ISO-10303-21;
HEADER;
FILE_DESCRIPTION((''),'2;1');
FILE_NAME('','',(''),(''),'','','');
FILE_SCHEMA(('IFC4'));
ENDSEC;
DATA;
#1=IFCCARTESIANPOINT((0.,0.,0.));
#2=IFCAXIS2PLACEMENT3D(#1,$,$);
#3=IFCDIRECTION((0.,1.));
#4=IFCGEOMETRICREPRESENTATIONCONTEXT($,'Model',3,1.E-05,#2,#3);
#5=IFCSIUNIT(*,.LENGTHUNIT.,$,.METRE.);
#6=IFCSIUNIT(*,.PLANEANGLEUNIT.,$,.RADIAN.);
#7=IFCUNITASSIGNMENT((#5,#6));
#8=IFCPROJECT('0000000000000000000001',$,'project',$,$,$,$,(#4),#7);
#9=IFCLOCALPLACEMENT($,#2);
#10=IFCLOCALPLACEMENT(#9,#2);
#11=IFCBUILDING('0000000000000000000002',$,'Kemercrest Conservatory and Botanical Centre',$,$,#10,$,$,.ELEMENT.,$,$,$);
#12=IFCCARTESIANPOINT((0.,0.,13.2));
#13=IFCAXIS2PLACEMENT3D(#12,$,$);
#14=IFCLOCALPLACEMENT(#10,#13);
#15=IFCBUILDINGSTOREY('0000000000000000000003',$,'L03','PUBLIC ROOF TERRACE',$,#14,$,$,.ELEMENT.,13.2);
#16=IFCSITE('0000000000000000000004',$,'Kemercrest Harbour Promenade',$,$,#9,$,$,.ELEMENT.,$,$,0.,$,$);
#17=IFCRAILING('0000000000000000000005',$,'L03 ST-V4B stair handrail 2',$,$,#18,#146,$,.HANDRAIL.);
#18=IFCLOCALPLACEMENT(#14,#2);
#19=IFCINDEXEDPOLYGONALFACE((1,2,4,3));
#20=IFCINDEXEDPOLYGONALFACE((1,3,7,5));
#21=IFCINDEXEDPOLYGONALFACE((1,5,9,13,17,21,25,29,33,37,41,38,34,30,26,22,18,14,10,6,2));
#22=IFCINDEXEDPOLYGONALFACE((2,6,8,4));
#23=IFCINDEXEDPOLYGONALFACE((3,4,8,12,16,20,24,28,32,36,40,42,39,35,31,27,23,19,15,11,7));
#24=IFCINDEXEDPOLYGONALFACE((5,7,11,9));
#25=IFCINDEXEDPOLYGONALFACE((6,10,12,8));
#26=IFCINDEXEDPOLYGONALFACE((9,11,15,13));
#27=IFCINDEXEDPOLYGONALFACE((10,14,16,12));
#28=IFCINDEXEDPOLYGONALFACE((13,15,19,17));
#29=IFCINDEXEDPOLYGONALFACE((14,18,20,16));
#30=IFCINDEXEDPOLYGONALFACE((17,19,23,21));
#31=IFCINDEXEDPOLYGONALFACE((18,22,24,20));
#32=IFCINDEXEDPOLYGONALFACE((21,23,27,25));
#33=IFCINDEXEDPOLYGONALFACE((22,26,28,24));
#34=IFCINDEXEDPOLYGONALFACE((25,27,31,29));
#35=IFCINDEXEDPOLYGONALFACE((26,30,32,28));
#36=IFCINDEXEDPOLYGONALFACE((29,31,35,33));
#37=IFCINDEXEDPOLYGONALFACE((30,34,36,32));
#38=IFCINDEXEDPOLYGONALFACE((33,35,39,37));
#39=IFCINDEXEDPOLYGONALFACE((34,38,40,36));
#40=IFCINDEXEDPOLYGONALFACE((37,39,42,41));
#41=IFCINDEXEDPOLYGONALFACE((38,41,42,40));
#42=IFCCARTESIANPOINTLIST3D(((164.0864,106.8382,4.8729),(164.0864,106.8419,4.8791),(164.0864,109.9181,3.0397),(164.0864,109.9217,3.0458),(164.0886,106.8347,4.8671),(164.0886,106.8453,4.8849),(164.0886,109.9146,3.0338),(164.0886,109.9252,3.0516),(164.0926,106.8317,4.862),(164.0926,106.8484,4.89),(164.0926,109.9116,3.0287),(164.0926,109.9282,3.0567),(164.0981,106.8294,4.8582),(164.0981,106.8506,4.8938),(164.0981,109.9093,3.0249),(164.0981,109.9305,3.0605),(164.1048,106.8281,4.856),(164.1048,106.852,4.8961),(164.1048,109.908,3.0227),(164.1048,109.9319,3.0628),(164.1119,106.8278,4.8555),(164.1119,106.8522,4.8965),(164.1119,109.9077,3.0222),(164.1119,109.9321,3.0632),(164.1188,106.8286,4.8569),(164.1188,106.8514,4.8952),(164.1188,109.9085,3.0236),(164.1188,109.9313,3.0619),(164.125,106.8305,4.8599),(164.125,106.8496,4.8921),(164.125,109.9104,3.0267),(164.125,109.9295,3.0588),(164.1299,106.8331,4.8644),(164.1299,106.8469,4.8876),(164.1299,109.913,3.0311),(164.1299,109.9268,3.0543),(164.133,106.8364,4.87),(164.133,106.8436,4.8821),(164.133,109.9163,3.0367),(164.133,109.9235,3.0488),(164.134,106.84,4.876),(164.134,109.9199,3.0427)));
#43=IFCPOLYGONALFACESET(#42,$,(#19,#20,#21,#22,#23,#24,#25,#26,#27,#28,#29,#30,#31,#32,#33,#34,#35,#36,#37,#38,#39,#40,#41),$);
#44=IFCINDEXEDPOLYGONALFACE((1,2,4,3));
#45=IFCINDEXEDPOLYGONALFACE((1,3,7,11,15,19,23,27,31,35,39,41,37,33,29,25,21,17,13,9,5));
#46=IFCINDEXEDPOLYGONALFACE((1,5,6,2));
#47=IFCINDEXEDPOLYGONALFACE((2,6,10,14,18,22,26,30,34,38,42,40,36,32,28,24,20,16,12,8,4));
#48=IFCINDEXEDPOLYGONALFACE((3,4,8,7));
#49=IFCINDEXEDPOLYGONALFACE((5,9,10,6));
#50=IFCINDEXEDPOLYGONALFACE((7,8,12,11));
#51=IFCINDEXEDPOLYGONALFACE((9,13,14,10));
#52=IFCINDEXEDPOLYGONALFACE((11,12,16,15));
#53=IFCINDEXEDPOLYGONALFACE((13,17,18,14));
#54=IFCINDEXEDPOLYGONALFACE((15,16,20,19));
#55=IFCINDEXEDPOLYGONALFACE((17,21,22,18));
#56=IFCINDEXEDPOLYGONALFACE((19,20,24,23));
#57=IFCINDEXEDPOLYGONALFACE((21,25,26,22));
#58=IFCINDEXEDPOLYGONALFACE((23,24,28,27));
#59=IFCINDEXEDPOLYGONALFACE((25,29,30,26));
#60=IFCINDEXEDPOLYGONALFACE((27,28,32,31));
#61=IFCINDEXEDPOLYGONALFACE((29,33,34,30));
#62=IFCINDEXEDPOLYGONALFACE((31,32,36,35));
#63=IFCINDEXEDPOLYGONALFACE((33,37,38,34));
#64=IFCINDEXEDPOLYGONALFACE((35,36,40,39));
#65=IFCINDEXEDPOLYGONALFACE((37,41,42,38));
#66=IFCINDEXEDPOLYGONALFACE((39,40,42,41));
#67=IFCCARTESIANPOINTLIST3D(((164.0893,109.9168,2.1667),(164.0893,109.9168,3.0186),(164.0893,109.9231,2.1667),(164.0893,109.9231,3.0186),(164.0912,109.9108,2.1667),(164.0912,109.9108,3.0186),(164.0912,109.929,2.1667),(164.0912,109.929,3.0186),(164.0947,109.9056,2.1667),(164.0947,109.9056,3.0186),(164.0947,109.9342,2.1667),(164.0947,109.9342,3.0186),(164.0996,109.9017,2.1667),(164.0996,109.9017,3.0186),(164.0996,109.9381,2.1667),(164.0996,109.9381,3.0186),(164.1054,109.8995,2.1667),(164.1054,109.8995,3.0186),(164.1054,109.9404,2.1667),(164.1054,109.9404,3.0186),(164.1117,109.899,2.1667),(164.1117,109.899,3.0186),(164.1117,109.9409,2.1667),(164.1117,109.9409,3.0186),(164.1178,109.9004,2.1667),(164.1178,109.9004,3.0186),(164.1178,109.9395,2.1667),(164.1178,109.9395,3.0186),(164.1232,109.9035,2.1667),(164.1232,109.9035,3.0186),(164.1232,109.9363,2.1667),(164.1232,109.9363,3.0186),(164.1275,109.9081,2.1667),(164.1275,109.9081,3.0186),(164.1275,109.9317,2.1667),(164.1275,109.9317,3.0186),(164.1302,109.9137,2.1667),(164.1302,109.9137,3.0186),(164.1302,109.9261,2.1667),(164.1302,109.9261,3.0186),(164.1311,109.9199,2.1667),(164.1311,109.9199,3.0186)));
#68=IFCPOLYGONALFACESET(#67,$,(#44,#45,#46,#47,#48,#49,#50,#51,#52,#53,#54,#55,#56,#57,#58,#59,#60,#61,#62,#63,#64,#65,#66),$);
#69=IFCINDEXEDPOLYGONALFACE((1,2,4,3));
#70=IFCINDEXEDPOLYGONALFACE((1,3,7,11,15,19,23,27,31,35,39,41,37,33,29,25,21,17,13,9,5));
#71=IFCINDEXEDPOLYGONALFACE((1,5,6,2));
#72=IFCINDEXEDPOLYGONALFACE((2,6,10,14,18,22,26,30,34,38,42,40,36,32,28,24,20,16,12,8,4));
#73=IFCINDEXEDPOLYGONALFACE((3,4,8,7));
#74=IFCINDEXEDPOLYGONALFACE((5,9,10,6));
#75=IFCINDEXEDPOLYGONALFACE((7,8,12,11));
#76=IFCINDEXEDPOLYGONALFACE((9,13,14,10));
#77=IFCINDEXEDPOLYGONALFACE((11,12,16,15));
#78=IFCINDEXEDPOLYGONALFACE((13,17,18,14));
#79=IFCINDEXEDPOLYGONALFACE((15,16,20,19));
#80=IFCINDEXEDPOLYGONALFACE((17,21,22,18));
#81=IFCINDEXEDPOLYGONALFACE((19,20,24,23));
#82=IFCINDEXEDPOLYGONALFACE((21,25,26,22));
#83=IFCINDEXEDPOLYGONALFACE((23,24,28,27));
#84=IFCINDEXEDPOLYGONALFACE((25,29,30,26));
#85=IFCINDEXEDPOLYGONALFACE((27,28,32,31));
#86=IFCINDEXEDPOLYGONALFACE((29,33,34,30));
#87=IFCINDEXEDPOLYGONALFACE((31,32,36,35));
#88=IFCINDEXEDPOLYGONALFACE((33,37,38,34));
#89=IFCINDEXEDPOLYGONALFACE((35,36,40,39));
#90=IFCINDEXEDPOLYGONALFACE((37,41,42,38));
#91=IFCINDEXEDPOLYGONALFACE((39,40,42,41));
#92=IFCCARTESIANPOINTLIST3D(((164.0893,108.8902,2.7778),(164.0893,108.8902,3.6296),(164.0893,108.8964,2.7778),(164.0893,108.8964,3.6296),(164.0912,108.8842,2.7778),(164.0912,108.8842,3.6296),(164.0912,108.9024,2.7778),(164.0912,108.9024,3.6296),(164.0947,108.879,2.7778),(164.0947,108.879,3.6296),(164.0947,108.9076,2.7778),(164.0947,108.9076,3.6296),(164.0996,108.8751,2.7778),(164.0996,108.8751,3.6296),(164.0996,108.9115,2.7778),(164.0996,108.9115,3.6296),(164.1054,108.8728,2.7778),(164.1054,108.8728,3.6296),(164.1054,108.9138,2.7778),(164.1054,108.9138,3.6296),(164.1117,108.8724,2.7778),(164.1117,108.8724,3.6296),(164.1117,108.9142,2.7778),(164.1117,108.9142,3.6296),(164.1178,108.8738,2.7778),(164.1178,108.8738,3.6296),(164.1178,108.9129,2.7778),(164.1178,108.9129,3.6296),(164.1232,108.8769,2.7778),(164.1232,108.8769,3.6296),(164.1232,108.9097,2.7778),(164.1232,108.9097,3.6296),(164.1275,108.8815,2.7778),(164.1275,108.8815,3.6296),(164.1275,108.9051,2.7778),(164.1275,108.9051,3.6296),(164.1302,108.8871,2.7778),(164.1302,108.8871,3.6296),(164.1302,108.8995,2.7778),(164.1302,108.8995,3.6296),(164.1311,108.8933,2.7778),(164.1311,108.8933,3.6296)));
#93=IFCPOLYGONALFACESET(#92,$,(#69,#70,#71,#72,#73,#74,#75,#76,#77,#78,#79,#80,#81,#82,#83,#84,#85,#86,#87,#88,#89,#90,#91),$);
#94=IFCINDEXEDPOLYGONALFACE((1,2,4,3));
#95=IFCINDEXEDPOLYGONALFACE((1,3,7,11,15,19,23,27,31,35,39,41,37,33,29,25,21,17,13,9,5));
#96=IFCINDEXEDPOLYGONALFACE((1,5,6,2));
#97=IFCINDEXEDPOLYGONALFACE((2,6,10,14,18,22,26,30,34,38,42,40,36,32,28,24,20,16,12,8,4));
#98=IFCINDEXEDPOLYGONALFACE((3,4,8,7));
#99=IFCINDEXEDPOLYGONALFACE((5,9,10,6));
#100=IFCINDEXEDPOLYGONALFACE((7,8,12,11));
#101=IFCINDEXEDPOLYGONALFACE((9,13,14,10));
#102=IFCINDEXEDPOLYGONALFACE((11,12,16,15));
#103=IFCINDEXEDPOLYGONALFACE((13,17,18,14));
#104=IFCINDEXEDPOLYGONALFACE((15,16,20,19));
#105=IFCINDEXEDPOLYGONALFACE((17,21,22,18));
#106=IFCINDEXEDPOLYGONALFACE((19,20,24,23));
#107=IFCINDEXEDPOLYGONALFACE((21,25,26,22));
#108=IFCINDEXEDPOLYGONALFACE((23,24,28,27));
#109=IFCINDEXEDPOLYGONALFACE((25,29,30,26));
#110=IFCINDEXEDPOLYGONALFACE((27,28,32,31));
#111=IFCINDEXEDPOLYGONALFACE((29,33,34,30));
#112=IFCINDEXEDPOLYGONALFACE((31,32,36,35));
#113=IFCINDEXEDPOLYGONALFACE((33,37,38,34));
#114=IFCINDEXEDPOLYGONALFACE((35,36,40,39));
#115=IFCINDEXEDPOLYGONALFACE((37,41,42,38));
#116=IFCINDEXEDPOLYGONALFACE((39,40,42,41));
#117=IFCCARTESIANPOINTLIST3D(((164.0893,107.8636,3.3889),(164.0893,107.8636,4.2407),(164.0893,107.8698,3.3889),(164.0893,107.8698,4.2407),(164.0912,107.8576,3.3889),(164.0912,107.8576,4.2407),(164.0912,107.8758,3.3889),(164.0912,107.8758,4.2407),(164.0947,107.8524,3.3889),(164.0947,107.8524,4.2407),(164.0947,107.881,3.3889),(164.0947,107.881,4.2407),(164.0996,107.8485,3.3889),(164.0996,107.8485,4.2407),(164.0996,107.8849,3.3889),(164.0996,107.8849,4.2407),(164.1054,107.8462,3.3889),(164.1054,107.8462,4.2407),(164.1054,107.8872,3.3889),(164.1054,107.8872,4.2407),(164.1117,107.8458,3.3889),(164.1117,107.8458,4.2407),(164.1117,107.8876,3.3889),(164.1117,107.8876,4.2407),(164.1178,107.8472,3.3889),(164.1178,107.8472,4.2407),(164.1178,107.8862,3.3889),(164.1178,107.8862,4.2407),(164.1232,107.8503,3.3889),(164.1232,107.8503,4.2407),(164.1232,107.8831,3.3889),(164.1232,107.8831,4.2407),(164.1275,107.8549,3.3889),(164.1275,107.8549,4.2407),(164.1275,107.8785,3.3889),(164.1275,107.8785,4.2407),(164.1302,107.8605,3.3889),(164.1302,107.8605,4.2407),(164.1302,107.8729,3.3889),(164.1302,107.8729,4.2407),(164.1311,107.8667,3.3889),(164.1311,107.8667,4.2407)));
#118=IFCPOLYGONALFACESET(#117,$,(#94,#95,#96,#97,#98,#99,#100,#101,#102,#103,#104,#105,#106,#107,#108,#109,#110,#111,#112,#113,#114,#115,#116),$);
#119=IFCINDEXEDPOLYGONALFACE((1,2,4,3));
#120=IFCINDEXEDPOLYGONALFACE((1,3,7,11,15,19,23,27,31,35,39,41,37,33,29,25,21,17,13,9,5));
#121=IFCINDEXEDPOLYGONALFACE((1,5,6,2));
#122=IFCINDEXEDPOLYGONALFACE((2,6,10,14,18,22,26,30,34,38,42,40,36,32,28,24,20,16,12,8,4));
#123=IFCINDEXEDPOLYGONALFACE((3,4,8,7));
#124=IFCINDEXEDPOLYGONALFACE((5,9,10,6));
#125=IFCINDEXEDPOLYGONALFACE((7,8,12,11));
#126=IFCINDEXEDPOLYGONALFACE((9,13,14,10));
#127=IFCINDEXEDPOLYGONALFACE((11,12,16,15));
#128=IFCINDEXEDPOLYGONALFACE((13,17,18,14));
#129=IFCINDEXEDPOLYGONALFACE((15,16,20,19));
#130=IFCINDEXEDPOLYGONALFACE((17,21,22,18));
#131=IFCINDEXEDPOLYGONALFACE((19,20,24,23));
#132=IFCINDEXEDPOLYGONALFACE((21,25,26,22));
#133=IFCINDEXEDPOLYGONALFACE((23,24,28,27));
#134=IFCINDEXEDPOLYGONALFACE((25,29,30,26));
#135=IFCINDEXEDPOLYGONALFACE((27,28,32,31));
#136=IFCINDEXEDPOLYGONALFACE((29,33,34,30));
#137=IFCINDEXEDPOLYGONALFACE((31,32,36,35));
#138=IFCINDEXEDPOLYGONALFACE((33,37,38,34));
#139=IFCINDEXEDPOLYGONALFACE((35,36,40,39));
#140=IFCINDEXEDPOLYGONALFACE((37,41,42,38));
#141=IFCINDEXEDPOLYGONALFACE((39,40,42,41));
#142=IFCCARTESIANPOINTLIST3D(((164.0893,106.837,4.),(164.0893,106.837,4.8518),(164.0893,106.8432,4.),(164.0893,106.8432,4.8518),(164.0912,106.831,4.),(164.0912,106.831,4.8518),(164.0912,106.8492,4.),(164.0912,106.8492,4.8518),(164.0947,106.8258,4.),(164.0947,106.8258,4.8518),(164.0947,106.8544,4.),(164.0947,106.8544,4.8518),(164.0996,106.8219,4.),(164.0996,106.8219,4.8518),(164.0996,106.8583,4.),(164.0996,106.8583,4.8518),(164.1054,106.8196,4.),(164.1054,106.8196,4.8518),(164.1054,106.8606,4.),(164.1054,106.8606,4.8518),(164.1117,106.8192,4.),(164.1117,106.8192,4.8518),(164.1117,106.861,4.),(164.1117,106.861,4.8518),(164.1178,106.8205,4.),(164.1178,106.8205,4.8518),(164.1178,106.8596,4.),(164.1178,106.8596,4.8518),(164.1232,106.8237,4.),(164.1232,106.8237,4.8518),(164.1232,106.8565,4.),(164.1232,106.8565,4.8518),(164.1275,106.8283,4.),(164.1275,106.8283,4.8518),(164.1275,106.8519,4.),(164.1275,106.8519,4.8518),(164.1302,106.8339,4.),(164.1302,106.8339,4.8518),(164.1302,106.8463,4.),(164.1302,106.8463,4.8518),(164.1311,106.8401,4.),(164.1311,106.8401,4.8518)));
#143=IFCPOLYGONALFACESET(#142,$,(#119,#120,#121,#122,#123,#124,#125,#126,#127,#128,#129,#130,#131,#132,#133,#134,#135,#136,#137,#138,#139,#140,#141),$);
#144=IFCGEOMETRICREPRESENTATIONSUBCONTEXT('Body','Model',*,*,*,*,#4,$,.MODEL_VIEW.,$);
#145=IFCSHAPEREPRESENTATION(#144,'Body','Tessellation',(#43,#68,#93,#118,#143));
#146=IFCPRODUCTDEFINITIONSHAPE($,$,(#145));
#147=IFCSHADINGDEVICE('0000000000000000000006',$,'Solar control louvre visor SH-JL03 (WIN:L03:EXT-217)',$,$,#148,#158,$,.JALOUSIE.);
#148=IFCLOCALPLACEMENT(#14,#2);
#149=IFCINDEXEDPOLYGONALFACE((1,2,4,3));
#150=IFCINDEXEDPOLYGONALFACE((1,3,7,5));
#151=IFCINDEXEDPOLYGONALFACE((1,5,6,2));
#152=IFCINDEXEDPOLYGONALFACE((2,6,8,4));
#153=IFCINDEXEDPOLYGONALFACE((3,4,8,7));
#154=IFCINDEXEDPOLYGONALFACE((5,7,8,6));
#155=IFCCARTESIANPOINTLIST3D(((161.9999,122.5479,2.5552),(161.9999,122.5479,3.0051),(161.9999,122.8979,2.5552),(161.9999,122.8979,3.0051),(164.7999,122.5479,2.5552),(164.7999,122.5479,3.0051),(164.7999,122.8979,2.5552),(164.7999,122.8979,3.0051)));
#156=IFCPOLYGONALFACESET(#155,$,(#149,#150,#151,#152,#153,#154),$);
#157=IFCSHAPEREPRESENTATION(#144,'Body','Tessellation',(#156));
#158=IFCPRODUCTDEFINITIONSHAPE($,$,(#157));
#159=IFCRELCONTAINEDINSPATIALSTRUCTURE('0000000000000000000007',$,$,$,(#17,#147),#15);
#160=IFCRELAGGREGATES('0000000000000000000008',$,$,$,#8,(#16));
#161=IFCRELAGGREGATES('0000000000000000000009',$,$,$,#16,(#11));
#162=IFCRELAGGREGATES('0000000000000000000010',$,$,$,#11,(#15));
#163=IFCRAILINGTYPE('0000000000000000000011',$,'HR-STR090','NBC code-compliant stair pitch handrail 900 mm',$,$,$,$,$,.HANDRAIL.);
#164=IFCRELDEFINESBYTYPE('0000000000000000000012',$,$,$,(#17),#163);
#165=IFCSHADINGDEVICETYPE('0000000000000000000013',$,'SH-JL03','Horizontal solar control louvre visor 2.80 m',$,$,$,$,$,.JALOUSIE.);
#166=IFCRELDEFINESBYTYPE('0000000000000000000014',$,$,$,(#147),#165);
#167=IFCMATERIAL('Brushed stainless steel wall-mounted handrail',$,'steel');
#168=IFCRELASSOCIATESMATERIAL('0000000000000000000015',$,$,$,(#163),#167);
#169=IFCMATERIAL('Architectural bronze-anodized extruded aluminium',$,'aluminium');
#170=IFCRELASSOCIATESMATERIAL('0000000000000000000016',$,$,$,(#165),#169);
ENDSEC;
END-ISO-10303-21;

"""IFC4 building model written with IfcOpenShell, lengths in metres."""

from ifc_helpers import new_model, si_unit, direction, frame, origin, origin_2d, place, context, subcontext, project, spatial, rectangle, circle, extrude, material, type_object, element, save


model = new_model("IFC4")

# Units and contexts
model_context = context("Model", 3, precision=1e-05, world=origin(), true_north=direction((0.0, 1.0)))
body_context = subcontext(model_context, "Body", "Model", "MODEL_VIEW")
ifc_project = project(units=[si_unit("LENGTHUNIT", "METRE"), si_unit("PLANEANGLEUNIT", "RADIAN")], contexts=[model_context])

# Site, building, storey
site_placement = place(None, origin())
site = spatial("IfcSite", under=ifc_project, at=site_placement, Name="Kemercrest Harbour Promenade", CompositionType="ELEMENT", RefElevation=0.0)
building_placement = place(site_placement, origin())
building = spatial("IfcBuilding", under=site, at=building_placement, Name="Kemercrest Conservatory and Botanical Centre", CompositionType="ELEMENT")
storey_placement = place(building_placement, frame((0.0, 0.0, 13.2)))
storey = spatial("IfcBuildingStorey", under=building, at=storey_placement, Name="L03", Description="PUBLIC ROOF TERRACE", CompositionType="ELEMENT", Elevation=13.2)

# Railing
ifc_material_1 = material(Name="Brushed stainless steel wall-mounted handrail", Category="steel")
railing_type_1 = type_object("IfcRailingType", Name="HR-STR090", Description="NBC code-compliant stair pitch handrail 900 mm", PredefinedType="HANDRAIL", material=ifc_material_1)
railing_1_placement = place(storey_placement, frame((164.1101, 109.9199, 2.1667)))
element("IfcRailing", 1, at=railing_1_placement, inside=storey, type_object=railing_type_1, Name="L03 ST-V4B stair handrail 2", PredefinedType="HANDRAIL", context=body_context, shape_type="SweptSolid", body=[
    extrude(circle(Radius=0.0239, at=origin_2d()), frame((0.0, 0.0, 0.876), z_axis=(0.0, -0.859291, 0.511487), x_axis=(1.0, 0.0, 0.0)), (0.0, 0.0, 1.0), 3.5842),
    extrude(circle(Radius=0.021, at=origin_2d()), origin(), (0.0, 0.0, 1.0), 0.8518),
    extrude(circle(Radius=0.021, at=origin_2d()), frame((0.0, -1.0266, 0.6111)), (0.0, 0.0, 1.0), 0.8518),
    extrude(circle(Radius=0.021, at=origin_2d()), frame((0.0, -2.0532, 1.2222)), (0.0, 0.0, 1.0), 0.8518),
    extrude(circle(Radius=0.021, at=origin_2d()), frame((0.0, -3.0798, 1.8333)), (0.0, 0.0, 1.0), 0.8518),
])

# Shading device
ifc_material_2 = material(Name="Architectural bronze-anodized extruded aluminium", Category="aluminium")
shading_device_type = type_object("IfcShadingDeviceType", Name="SH-JL03", Description="Horizontal solar control louvre visor 2.80 m", PredefinedType="JALOUSIE", material=ifc_material_2)
shading_device_placement = place(storey_placement, frame((163.3999, 122.7229, 2.5552), z_axis=(0.0, 0.0, 1.0), x_axis=(-1.0, 0.0, 0.0)))
element("IfcShadingDevice", 2, at=shading_device_placement, inside=storey, type_object=shading_device_type, Name="Solar control louvre visor SH-JL03 (WIN:L03:EXT-217)", PredefinedType="JALOUSIE", context=body_context, shape_type="SweptSolid", body=[
    extrude(rectangle(XDim=2.8, YDim=0.3501, at=origin_2d()), origin(), (0.0, 0.0, 1.0), 0.45),
])

save(model, "model.ifc")
